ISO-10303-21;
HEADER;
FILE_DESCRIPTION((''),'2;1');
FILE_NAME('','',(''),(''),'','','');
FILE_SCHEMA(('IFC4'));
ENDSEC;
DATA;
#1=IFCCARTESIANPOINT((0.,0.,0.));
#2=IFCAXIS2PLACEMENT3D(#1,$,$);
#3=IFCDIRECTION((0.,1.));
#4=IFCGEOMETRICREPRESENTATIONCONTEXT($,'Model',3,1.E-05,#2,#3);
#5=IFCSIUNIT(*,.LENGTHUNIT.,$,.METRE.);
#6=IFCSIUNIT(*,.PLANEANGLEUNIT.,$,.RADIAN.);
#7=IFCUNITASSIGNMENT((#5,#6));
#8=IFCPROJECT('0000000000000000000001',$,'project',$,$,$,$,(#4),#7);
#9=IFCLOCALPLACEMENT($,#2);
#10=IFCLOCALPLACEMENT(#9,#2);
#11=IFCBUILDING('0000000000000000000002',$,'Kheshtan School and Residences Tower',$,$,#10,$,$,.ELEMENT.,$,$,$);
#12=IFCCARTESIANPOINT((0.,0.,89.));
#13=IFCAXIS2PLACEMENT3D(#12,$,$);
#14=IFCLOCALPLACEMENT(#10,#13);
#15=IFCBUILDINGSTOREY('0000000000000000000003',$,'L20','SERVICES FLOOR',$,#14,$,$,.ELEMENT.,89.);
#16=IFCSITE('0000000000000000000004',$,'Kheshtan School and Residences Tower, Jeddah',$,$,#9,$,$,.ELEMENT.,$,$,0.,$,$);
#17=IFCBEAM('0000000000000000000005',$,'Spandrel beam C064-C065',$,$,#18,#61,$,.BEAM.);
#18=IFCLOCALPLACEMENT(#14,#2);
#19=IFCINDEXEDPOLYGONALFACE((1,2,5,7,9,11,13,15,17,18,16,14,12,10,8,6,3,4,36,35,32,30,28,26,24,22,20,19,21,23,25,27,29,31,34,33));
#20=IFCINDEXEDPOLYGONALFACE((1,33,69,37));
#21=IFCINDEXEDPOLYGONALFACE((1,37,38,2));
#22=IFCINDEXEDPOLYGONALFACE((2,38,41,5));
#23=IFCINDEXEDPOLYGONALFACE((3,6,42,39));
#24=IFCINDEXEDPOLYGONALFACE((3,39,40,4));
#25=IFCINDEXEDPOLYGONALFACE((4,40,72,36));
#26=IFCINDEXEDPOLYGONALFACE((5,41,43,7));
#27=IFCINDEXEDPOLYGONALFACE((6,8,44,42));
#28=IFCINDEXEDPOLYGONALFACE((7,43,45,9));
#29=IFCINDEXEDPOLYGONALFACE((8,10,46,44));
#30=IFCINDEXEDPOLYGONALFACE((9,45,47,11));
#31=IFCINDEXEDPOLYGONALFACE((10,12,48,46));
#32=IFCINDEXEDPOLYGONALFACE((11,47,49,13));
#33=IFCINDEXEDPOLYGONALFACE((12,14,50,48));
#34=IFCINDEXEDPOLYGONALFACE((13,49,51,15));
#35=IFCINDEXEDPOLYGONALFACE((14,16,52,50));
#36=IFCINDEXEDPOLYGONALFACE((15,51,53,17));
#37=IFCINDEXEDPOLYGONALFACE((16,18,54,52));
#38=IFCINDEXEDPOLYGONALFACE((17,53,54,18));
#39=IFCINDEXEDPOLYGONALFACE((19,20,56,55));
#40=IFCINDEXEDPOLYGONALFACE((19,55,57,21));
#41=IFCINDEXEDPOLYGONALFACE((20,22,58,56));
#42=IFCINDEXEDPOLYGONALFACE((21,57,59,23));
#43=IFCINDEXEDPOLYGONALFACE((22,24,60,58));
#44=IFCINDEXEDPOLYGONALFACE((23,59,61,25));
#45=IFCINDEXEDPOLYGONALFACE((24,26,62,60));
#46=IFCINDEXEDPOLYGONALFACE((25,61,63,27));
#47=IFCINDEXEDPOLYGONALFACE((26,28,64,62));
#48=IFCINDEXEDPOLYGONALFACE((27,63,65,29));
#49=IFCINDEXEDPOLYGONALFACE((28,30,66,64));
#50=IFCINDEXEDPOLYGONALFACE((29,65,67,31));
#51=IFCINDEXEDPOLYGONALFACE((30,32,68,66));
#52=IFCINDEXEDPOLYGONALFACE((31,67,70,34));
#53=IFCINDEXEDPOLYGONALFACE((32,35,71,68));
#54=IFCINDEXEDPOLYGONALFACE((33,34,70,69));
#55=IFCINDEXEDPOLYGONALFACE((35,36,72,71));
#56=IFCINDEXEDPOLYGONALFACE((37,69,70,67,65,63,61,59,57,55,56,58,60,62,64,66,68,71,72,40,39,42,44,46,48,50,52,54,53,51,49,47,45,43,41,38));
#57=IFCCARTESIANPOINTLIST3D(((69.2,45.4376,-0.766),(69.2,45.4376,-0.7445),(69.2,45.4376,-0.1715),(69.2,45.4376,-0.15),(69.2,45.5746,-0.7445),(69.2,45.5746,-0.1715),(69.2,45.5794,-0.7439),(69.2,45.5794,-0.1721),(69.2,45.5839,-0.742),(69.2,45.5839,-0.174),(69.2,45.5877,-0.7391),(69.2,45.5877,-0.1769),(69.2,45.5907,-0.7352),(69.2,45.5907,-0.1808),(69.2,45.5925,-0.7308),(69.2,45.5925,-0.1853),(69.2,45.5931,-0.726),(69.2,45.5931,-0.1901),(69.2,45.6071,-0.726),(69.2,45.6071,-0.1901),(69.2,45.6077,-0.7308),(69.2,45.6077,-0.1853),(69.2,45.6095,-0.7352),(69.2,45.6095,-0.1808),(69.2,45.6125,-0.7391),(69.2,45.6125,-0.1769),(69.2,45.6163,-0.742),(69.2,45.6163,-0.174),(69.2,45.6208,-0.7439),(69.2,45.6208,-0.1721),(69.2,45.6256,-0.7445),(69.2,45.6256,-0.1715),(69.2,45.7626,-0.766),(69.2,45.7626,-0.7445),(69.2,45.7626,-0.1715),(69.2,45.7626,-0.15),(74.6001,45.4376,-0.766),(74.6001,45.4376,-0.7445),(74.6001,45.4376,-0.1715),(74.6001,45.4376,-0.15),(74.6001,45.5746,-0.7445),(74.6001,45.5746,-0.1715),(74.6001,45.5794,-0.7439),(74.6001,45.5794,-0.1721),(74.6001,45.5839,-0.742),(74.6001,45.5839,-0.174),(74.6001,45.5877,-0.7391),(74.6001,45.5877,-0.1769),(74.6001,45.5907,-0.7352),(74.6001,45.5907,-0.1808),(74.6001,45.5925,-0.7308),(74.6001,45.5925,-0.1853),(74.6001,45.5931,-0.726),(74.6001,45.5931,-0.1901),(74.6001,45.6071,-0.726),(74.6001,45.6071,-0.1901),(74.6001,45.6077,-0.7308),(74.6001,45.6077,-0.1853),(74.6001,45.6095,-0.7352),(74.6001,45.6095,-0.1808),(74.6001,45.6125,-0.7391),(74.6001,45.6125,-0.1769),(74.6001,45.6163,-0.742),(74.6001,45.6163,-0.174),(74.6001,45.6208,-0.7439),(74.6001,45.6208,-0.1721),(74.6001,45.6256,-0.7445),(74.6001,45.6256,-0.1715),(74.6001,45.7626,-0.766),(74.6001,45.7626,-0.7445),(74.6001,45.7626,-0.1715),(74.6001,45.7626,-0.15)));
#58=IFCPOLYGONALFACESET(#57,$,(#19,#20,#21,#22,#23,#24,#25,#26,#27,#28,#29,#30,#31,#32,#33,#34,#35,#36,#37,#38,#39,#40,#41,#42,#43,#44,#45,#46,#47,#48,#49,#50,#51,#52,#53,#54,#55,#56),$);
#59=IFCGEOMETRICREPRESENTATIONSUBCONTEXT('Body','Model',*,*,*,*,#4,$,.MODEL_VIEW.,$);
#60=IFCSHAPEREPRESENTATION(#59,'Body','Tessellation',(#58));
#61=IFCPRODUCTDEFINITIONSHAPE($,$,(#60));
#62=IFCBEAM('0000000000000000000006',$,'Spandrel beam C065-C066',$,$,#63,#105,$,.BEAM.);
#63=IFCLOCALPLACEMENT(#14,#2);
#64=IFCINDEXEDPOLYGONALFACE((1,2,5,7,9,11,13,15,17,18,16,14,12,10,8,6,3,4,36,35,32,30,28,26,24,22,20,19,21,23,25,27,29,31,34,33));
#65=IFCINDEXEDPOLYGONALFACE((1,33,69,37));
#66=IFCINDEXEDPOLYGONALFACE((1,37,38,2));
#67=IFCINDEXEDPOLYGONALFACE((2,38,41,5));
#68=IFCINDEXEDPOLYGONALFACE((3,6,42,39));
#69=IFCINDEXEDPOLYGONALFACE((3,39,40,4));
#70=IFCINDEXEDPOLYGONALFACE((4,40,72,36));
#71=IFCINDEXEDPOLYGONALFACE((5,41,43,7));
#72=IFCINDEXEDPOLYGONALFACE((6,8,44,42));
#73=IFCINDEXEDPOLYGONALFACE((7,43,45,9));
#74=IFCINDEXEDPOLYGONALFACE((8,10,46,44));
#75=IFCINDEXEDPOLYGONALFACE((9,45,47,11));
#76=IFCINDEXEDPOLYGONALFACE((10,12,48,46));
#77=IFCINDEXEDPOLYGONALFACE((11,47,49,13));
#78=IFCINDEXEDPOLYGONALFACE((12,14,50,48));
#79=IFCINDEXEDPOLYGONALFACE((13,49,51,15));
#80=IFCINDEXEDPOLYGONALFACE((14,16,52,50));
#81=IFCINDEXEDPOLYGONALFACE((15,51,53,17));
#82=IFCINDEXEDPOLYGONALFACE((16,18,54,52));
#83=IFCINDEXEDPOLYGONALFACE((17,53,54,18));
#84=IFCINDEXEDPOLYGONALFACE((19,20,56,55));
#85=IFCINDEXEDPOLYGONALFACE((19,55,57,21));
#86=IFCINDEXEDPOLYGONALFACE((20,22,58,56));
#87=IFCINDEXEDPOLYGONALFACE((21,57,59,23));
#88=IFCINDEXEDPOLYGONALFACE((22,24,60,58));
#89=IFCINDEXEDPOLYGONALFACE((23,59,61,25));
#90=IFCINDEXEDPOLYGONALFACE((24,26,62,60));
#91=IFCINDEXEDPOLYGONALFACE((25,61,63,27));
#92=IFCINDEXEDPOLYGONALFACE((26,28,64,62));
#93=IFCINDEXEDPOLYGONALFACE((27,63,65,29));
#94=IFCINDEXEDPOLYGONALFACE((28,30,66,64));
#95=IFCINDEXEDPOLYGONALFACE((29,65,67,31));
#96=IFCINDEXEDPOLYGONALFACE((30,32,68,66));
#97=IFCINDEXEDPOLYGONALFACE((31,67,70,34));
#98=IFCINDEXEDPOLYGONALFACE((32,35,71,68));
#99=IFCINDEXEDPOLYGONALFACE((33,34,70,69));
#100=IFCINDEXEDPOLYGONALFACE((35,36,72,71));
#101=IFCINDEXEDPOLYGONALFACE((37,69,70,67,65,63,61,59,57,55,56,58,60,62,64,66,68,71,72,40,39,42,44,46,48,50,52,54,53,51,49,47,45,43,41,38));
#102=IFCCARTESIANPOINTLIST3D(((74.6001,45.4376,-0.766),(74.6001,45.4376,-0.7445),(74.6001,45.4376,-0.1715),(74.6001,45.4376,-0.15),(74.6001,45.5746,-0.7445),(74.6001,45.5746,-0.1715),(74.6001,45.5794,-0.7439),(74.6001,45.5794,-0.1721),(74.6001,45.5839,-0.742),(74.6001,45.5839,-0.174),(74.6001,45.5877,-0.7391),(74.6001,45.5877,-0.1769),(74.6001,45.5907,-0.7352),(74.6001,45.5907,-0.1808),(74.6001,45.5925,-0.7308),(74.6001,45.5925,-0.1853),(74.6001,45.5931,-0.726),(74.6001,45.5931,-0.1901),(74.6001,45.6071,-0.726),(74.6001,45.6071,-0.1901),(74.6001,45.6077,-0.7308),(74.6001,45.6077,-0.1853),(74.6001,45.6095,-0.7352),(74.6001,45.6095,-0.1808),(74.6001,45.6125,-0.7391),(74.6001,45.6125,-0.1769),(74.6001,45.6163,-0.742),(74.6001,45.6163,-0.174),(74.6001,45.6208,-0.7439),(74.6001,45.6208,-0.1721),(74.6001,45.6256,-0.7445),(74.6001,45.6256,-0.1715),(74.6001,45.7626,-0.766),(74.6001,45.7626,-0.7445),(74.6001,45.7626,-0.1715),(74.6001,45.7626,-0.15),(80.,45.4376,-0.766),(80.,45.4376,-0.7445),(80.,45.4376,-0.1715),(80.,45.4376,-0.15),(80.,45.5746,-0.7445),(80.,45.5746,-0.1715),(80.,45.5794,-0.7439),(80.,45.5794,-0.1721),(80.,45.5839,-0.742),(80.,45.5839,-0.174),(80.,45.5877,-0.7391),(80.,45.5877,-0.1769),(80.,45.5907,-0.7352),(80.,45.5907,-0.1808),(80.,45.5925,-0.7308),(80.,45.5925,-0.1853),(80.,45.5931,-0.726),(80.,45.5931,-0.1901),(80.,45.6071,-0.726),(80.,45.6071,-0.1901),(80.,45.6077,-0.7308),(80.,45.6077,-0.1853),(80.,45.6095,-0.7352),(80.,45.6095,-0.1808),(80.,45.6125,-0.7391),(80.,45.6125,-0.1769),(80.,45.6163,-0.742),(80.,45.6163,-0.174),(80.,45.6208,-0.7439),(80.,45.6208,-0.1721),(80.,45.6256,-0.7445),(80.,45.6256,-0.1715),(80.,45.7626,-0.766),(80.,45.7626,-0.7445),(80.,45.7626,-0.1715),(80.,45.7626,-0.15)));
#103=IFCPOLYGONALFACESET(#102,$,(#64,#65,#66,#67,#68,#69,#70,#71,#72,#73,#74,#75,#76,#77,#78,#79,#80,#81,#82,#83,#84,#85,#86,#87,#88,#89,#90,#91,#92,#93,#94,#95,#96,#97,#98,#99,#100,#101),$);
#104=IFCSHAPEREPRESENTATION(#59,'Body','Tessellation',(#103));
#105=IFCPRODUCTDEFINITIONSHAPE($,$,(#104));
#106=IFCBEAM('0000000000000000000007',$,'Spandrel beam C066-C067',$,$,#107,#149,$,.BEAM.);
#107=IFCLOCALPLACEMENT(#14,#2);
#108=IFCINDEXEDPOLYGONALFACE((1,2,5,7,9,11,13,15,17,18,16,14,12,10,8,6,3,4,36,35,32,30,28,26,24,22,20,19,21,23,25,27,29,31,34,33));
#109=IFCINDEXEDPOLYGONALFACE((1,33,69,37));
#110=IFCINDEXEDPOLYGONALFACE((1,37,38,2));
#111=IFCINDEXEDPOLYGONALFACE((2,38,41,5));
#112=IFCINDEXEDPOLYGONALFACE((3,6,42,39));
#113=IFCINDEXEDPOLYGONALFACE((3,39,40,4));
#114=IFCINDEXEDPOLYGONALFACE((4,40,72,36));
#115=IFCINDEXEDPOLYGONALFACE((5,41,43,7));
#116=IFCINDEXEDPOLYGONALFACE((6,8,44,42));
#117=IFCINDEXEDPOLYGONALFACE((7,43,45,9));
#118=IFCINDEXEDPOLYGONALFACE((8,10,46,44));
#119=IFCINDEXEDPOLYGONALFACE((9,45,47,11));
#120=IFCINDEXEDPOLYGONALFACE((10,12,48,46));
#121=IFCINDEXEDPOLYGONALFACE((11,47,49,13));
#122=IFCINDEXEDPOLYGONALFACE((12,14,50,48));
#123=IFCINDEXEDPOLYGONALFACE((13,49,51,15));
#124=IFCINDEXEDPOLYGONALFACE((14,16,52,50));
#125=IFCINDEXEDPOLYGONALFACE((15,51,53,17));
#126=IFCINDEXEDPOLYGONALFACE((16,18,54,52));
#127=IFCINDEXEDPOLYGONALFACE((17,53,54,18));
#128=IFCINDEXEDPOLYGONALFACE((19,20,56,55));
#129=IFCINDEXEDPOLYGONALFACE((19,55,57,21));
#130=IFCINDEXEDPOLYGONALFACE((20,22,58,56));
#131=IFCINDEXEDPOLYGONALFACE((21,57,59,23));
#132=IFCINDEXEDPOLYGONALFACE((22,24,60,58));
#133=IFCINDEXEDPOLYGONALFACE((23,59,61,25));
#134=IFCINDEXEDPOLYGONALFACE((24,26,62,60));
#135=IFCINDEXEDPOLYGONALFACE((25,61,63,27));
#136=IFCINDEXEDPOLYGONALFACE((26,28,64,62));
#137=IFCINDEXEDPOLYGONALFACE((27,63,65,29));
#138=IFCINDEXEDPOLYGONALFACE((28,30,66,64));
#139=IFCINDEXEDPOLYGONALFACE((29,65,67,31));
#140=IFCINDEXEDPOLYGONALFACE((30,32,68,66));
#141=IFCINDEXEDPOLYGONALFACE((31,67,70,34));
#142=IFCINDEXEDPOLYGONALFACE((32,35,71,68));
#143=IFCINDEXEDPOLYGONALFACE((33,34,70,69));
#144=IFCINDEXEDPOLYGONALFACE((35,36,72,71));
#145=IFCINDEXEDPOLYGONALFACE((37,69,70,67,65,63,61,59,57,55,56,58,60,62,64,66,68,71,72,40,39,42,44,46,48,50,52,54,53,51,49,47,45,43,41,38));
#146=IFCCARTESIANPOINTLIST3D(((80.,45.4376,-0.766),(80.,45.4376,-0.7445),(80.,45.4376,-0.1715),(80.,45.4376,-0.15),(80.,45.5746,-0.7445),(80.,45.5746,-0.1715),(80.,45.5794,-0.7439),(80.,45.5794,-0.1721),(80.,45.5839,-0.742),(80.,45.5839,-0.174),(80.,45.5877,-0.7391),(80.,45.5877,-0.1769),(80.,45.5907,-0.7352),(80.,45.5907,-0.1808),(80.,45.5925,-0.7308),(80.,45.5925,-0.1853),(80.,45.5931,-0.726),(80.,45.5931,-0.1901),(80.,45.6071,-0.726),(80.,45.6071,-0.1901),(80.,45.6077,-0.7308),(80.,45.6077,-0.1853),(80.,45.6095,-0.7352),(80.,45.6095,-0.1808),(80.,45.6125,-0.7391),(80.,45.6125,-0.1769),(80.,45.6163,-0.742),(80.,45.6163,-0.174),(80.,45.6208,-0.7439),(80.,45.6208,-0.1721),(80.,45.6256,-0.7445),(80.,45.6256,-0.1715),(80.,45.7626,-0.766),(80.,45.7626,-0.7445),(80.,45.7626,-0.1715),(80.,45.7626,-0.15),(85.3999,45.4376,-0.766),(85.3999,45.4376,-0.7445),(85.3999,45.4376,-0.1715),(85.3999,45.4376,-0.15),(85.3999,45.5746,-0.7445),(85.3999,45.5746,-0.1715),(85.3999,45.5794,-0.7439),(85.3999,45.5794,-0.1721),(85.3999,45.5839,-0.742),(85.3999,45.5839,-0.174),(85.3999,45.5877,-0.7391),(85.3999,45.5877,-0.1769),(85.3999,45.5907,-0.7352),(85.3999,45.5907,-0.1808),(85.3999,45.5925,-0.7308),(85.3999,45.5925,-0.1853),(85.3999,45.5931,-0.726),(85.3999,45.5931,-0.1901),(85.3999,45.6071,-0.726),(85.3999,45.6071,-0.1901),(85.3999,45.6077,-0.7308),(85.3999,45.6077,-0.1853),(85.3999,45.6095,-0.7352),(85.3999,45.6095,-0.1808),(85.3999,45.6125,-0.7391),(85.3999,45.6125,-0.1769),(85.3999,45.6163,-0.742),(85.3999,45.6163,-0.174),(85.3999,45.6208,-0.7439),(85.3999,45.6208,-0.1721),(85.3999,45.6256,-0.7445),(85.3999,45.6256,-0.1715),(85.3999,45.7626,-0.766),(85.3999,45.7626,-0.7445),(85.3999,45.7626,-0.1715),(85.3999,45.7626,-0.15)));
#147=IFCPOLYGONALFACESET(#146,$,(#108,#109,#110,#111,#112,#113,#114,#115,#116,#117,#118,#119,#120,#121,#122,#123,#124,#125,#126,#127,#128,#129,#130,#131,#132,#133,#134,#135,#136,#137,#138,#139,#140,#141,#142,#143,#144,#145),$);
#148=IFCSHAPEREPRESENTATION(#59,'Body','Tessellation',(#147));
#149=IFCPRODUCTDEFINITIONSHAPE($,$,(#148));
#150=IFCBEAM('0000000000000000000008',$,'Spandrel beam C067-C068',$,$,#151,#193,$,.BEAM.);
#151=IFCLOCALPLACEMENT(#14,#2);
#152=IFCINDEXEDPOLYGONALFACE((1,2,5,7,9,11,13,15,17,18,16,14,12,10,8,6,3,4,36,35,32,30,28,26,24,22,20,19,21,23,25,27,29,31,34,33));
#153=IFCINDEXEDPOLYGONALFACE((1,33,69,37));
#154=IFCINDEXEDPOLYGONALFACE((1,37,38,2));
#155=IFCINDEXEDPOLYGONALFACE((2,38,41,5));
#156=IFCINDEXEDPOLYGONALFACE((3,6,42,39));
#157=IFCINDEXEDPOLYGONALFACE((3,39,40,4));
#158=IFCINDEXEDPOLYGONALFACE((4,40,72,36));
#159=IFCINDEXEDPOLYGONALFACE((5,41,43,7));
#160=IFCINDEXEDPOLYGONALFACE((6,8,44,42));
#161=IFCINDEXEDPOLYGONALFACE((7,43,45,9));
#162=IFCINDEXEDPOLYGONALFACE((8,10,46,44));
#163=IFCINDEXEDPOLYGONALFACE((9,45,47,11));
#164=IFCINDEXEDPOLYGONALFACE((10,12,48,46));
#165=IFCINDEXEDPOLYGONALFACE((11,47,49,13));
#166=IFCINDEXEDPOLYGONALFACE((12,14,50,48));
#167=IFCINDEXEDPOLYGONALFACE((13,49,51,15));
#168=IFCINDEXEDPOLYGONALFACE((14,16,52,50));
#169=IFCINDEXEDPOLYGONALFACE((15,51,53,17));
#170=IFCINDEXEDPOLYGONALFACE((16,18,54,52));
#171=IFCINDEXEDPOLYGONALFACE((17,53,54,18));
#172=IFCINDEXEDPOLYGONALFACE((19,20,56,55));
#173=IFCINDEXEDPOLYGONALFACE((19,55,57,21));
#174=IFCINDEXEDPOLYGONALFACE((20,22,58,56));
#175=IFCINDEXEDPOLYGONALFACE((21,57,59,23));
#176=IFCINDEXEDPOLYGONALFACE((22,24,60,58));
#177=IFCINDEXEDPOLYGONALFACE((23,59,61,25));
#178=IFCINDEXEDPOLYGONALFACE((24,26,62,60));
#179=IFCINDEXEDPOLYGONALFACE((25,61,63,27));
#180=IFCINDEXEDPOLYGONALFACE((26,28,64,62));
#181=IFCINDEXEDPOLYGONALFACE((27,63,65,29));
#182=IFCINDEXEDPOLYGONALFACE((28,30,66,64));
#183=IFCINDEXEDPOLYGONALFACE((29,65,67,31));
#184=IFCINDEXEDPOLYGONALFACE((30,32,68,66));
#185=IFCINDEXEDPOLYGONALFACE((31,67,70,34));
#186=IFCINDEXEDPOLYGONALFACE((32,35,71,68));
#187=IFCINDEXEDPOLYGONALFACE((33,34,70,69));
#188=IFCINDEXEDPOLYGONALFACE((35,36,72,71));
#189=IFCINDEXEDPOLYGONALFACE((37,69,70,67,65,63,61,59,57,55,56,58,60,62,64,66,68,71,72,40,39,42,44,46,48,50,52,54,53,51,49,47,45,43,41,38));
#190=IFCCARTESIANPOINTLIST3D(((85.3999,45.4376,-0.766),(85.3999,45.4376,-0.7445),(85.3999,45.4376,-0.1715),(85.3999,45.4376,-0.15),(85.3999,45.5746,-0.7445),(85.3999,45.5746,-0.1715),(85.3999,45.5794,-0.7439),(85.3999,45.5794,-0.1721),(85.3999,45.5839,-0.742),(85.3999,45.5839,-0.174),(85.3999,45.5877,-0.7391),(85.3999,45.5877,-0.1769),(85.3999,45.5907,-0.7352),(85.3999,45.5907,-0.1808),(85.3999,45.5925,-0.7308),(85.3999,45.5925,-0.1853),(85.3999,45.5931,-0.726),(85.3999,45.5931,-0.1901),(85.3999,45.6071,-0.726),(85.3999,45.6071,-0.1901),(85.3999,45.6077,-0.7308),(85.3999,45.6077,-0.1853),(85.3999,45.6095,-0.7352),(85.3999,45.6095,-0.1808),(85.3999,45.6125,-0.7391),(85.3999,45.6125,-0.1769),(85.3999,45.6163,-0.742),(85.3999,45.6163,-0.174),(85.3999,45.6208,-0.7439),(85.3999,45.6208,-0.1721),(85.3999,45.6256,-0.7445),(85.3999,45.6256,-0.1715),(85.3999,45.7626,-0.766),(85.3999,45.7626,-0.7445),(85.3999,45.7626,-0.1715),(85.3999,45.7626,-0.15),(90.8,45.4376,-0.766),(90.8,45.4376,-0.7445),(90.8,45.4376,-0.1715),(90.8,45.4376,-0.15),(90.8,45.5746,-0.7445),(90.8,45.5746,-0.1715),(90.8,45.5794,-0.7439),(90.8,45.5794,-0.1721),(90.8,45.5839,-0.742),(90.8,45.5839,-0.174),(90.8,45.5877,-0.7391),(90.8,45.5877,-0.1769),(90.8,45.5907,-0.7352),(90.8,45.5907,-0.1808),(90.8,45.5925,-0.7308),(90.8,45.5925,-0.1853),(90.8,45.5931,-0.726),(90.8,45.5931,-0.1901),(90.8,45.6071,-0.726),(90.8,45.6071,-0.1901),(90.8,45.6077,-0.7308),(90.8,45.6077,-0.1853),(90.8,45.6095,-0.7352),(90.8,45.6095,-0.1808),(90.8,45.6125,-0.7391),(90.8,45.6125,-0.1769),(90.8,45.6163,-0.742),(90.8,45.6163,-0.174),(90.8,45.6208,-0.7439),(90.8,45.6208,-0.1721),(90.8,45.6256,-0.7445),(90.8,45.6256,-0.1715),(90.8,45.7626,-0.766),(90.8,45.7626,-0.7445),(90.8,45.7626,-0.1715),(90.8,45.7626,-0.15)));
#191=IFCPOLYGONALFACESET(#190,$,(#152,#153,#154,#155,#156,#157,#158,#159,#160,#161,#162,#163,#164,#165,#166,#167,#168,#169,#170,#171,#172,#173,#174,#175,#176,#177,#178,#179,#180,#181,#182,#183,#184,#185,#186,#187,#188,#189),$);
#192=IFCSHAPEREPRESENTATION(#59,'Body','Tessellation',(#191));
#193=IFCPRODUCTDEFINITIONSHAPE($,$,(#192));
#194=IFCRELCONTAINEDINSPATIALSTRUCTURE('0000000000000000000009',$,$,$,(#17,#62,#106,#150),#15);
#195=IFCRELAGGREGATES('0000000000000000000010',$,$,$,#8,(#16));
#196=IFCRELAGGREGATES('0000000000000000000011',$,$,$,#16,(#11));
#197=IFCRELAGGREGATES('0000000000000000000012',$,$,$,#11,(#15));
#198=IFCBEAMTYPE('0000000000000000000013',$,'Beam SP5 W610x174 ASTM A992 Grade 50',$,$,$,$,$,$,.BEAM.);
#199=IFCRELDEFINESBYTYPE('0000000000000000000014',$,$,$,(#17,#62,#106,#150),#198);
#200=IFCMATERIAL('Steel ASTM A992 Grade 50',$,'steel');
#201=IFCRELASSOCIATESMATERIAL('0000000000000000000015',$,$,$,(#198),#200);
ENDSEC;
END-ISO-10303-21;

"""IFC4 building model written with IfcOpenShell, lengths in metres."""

from ifc_helpers import new_model, si_unit, direction, frame, origin, origin_2d, place, context, subcontext, project, spatial, i_section, extrude, material, material_profile, profile_set, type_object, element, save


model = new_model("IFC4")

# Units and contexts
model_context = context("Model", 3, precision=1e-05, world=origin(), true_north=direction((0.0, 1.0)))
body_context = subcontext(model_context, "Body", "Model", "MODEL_VIEW")
ifc_project = project(units=[si_unit("LENGTHUNIT", "METRE"), si_unit("PLANEANGLEUNIT", "RADIAN")], contexts=[model_context])

# Site, building, storey
site_placement = place(None, origin())
site = spatial("IfcSite", under=ifc_project, at=site_placement, Name="Kheshtan School and Residences Tower, Jeddah", CompositionType="ELEMENT", RefElevation=0.0)
building_placement = place(site_placement, origin())
building = spatial("IfcBuilding", under=site, at=building_placement, Name="Kheshtan School and Residences Tower", CompositionType="ELEMENT")
storey_placement = place(building_placement, frame((0.0, 0.0, 89.0)))
storey = spatial("IfcBuildingStorey", under=building, at=storey_placement, Name="L20", Description="SERVICES FLOOR", CompositionType="ELEMENT", Elevation=89.0)

# Shared definitions
ifc_material_1 = material(Name="Steel ASTM A992 Grade 50", Category="steel")

# Beams
ifc_material_profile_1 = material_profile(ifc_material_1, i_section(OverallWidth=0.325, OverallDepth=0.616, WebThickness=0.0139, FlangeThickness=0.0215, FilletRadius=0.0186, at=origin_2d()), Name="W610x174")
ifc_profile_set_1 = profile_set([ifc_material_profile_1], Name="Steel ASTM A992 Grade 50")
beam_type_1 = type_object("IfcBeamType", Name="Beam SP5 W610x174 ASTM A992 Grade 50", PredefinedType="BEAM", material=ifc_profile_set_1)
beam_1_placement = place(storey_placement, frame((69.2, 45.6001, -0.458), z_axis=(1.0, 0.0, 0.0), x_axis=(0.0, 1.0, 0.0)))
element("IfcBeam", 1, at=beam_1_placement, inside=storey, type_object=beam_type_1, Name="Spandrel beam C064-C065", PredefinedType="BEAM", context=body_context, shape_type="SweptSolid", body=[
    extrude(i_section(OverallWidth=0.325, OverallDepth=0.616, WebThickness=0.0139, FlangeThickness=0.0215, FilletRadius=0.0186, at=origin_2d()), origin(), (0.0, 0.0, 1.0), 5.4001),
])
for number, where, z_axis, x_axis, name in (
    (2, (74.6001, 45.6001, -0.458), (1.0, 0.0, 0.0), (0.0, 1.0, 0.0), "Spandrel beam C065-C066"),
    (3, (80.0, 45.6001, -0.458), (1.0, 0.0, 0.0), (0.0, 1.0, 0.0), "Spandrel beam C066-C067"),
):
    element("IfcBeam", number, at=place(storey_placement, frame(where, z_axis=z_axis, x_axis=x_axis)), inside=storey, type_object=beam_type_1, Name=name, PredefinedType="BEAM", context=body_context, shape_type="SweptSolid", body=[
        extrude(i_section(OverallWidth=0.325, OverallDepth=0.616, WebThickness=0.0139, FlangeThickness=0.0215, FilletRadius=0.0186, at=origin_2d()), origin(), (0.0, 0.0, 1.0), 5.3999),
    ])
beam_2_placement = place(storey_placement, frame((85.3999, 45.6001, -0.458), z_axis=(1.0, 0.0, 0.0), x_axis=(0.0, 1.0, 0.0)))
element("IfcBeam", 4, at=beam_2_placement, inside=storey, type_object=beam_type_1, Name="Spandrel beam C067-C068", PredefinedType="BEAM", context=body_context, shape_type="SweptSolid", body=[
    extrude(i_section(OverallWidth=0.325, OverallDepth=0.616, WebThickness=0.0139, FlangeThickness=0.0215, FilletRadius=0.0186, at=origin_2d()), origin(), (0.0, 0.0, 1.0), 5.4001),
])

save(model, "model.ifc")
